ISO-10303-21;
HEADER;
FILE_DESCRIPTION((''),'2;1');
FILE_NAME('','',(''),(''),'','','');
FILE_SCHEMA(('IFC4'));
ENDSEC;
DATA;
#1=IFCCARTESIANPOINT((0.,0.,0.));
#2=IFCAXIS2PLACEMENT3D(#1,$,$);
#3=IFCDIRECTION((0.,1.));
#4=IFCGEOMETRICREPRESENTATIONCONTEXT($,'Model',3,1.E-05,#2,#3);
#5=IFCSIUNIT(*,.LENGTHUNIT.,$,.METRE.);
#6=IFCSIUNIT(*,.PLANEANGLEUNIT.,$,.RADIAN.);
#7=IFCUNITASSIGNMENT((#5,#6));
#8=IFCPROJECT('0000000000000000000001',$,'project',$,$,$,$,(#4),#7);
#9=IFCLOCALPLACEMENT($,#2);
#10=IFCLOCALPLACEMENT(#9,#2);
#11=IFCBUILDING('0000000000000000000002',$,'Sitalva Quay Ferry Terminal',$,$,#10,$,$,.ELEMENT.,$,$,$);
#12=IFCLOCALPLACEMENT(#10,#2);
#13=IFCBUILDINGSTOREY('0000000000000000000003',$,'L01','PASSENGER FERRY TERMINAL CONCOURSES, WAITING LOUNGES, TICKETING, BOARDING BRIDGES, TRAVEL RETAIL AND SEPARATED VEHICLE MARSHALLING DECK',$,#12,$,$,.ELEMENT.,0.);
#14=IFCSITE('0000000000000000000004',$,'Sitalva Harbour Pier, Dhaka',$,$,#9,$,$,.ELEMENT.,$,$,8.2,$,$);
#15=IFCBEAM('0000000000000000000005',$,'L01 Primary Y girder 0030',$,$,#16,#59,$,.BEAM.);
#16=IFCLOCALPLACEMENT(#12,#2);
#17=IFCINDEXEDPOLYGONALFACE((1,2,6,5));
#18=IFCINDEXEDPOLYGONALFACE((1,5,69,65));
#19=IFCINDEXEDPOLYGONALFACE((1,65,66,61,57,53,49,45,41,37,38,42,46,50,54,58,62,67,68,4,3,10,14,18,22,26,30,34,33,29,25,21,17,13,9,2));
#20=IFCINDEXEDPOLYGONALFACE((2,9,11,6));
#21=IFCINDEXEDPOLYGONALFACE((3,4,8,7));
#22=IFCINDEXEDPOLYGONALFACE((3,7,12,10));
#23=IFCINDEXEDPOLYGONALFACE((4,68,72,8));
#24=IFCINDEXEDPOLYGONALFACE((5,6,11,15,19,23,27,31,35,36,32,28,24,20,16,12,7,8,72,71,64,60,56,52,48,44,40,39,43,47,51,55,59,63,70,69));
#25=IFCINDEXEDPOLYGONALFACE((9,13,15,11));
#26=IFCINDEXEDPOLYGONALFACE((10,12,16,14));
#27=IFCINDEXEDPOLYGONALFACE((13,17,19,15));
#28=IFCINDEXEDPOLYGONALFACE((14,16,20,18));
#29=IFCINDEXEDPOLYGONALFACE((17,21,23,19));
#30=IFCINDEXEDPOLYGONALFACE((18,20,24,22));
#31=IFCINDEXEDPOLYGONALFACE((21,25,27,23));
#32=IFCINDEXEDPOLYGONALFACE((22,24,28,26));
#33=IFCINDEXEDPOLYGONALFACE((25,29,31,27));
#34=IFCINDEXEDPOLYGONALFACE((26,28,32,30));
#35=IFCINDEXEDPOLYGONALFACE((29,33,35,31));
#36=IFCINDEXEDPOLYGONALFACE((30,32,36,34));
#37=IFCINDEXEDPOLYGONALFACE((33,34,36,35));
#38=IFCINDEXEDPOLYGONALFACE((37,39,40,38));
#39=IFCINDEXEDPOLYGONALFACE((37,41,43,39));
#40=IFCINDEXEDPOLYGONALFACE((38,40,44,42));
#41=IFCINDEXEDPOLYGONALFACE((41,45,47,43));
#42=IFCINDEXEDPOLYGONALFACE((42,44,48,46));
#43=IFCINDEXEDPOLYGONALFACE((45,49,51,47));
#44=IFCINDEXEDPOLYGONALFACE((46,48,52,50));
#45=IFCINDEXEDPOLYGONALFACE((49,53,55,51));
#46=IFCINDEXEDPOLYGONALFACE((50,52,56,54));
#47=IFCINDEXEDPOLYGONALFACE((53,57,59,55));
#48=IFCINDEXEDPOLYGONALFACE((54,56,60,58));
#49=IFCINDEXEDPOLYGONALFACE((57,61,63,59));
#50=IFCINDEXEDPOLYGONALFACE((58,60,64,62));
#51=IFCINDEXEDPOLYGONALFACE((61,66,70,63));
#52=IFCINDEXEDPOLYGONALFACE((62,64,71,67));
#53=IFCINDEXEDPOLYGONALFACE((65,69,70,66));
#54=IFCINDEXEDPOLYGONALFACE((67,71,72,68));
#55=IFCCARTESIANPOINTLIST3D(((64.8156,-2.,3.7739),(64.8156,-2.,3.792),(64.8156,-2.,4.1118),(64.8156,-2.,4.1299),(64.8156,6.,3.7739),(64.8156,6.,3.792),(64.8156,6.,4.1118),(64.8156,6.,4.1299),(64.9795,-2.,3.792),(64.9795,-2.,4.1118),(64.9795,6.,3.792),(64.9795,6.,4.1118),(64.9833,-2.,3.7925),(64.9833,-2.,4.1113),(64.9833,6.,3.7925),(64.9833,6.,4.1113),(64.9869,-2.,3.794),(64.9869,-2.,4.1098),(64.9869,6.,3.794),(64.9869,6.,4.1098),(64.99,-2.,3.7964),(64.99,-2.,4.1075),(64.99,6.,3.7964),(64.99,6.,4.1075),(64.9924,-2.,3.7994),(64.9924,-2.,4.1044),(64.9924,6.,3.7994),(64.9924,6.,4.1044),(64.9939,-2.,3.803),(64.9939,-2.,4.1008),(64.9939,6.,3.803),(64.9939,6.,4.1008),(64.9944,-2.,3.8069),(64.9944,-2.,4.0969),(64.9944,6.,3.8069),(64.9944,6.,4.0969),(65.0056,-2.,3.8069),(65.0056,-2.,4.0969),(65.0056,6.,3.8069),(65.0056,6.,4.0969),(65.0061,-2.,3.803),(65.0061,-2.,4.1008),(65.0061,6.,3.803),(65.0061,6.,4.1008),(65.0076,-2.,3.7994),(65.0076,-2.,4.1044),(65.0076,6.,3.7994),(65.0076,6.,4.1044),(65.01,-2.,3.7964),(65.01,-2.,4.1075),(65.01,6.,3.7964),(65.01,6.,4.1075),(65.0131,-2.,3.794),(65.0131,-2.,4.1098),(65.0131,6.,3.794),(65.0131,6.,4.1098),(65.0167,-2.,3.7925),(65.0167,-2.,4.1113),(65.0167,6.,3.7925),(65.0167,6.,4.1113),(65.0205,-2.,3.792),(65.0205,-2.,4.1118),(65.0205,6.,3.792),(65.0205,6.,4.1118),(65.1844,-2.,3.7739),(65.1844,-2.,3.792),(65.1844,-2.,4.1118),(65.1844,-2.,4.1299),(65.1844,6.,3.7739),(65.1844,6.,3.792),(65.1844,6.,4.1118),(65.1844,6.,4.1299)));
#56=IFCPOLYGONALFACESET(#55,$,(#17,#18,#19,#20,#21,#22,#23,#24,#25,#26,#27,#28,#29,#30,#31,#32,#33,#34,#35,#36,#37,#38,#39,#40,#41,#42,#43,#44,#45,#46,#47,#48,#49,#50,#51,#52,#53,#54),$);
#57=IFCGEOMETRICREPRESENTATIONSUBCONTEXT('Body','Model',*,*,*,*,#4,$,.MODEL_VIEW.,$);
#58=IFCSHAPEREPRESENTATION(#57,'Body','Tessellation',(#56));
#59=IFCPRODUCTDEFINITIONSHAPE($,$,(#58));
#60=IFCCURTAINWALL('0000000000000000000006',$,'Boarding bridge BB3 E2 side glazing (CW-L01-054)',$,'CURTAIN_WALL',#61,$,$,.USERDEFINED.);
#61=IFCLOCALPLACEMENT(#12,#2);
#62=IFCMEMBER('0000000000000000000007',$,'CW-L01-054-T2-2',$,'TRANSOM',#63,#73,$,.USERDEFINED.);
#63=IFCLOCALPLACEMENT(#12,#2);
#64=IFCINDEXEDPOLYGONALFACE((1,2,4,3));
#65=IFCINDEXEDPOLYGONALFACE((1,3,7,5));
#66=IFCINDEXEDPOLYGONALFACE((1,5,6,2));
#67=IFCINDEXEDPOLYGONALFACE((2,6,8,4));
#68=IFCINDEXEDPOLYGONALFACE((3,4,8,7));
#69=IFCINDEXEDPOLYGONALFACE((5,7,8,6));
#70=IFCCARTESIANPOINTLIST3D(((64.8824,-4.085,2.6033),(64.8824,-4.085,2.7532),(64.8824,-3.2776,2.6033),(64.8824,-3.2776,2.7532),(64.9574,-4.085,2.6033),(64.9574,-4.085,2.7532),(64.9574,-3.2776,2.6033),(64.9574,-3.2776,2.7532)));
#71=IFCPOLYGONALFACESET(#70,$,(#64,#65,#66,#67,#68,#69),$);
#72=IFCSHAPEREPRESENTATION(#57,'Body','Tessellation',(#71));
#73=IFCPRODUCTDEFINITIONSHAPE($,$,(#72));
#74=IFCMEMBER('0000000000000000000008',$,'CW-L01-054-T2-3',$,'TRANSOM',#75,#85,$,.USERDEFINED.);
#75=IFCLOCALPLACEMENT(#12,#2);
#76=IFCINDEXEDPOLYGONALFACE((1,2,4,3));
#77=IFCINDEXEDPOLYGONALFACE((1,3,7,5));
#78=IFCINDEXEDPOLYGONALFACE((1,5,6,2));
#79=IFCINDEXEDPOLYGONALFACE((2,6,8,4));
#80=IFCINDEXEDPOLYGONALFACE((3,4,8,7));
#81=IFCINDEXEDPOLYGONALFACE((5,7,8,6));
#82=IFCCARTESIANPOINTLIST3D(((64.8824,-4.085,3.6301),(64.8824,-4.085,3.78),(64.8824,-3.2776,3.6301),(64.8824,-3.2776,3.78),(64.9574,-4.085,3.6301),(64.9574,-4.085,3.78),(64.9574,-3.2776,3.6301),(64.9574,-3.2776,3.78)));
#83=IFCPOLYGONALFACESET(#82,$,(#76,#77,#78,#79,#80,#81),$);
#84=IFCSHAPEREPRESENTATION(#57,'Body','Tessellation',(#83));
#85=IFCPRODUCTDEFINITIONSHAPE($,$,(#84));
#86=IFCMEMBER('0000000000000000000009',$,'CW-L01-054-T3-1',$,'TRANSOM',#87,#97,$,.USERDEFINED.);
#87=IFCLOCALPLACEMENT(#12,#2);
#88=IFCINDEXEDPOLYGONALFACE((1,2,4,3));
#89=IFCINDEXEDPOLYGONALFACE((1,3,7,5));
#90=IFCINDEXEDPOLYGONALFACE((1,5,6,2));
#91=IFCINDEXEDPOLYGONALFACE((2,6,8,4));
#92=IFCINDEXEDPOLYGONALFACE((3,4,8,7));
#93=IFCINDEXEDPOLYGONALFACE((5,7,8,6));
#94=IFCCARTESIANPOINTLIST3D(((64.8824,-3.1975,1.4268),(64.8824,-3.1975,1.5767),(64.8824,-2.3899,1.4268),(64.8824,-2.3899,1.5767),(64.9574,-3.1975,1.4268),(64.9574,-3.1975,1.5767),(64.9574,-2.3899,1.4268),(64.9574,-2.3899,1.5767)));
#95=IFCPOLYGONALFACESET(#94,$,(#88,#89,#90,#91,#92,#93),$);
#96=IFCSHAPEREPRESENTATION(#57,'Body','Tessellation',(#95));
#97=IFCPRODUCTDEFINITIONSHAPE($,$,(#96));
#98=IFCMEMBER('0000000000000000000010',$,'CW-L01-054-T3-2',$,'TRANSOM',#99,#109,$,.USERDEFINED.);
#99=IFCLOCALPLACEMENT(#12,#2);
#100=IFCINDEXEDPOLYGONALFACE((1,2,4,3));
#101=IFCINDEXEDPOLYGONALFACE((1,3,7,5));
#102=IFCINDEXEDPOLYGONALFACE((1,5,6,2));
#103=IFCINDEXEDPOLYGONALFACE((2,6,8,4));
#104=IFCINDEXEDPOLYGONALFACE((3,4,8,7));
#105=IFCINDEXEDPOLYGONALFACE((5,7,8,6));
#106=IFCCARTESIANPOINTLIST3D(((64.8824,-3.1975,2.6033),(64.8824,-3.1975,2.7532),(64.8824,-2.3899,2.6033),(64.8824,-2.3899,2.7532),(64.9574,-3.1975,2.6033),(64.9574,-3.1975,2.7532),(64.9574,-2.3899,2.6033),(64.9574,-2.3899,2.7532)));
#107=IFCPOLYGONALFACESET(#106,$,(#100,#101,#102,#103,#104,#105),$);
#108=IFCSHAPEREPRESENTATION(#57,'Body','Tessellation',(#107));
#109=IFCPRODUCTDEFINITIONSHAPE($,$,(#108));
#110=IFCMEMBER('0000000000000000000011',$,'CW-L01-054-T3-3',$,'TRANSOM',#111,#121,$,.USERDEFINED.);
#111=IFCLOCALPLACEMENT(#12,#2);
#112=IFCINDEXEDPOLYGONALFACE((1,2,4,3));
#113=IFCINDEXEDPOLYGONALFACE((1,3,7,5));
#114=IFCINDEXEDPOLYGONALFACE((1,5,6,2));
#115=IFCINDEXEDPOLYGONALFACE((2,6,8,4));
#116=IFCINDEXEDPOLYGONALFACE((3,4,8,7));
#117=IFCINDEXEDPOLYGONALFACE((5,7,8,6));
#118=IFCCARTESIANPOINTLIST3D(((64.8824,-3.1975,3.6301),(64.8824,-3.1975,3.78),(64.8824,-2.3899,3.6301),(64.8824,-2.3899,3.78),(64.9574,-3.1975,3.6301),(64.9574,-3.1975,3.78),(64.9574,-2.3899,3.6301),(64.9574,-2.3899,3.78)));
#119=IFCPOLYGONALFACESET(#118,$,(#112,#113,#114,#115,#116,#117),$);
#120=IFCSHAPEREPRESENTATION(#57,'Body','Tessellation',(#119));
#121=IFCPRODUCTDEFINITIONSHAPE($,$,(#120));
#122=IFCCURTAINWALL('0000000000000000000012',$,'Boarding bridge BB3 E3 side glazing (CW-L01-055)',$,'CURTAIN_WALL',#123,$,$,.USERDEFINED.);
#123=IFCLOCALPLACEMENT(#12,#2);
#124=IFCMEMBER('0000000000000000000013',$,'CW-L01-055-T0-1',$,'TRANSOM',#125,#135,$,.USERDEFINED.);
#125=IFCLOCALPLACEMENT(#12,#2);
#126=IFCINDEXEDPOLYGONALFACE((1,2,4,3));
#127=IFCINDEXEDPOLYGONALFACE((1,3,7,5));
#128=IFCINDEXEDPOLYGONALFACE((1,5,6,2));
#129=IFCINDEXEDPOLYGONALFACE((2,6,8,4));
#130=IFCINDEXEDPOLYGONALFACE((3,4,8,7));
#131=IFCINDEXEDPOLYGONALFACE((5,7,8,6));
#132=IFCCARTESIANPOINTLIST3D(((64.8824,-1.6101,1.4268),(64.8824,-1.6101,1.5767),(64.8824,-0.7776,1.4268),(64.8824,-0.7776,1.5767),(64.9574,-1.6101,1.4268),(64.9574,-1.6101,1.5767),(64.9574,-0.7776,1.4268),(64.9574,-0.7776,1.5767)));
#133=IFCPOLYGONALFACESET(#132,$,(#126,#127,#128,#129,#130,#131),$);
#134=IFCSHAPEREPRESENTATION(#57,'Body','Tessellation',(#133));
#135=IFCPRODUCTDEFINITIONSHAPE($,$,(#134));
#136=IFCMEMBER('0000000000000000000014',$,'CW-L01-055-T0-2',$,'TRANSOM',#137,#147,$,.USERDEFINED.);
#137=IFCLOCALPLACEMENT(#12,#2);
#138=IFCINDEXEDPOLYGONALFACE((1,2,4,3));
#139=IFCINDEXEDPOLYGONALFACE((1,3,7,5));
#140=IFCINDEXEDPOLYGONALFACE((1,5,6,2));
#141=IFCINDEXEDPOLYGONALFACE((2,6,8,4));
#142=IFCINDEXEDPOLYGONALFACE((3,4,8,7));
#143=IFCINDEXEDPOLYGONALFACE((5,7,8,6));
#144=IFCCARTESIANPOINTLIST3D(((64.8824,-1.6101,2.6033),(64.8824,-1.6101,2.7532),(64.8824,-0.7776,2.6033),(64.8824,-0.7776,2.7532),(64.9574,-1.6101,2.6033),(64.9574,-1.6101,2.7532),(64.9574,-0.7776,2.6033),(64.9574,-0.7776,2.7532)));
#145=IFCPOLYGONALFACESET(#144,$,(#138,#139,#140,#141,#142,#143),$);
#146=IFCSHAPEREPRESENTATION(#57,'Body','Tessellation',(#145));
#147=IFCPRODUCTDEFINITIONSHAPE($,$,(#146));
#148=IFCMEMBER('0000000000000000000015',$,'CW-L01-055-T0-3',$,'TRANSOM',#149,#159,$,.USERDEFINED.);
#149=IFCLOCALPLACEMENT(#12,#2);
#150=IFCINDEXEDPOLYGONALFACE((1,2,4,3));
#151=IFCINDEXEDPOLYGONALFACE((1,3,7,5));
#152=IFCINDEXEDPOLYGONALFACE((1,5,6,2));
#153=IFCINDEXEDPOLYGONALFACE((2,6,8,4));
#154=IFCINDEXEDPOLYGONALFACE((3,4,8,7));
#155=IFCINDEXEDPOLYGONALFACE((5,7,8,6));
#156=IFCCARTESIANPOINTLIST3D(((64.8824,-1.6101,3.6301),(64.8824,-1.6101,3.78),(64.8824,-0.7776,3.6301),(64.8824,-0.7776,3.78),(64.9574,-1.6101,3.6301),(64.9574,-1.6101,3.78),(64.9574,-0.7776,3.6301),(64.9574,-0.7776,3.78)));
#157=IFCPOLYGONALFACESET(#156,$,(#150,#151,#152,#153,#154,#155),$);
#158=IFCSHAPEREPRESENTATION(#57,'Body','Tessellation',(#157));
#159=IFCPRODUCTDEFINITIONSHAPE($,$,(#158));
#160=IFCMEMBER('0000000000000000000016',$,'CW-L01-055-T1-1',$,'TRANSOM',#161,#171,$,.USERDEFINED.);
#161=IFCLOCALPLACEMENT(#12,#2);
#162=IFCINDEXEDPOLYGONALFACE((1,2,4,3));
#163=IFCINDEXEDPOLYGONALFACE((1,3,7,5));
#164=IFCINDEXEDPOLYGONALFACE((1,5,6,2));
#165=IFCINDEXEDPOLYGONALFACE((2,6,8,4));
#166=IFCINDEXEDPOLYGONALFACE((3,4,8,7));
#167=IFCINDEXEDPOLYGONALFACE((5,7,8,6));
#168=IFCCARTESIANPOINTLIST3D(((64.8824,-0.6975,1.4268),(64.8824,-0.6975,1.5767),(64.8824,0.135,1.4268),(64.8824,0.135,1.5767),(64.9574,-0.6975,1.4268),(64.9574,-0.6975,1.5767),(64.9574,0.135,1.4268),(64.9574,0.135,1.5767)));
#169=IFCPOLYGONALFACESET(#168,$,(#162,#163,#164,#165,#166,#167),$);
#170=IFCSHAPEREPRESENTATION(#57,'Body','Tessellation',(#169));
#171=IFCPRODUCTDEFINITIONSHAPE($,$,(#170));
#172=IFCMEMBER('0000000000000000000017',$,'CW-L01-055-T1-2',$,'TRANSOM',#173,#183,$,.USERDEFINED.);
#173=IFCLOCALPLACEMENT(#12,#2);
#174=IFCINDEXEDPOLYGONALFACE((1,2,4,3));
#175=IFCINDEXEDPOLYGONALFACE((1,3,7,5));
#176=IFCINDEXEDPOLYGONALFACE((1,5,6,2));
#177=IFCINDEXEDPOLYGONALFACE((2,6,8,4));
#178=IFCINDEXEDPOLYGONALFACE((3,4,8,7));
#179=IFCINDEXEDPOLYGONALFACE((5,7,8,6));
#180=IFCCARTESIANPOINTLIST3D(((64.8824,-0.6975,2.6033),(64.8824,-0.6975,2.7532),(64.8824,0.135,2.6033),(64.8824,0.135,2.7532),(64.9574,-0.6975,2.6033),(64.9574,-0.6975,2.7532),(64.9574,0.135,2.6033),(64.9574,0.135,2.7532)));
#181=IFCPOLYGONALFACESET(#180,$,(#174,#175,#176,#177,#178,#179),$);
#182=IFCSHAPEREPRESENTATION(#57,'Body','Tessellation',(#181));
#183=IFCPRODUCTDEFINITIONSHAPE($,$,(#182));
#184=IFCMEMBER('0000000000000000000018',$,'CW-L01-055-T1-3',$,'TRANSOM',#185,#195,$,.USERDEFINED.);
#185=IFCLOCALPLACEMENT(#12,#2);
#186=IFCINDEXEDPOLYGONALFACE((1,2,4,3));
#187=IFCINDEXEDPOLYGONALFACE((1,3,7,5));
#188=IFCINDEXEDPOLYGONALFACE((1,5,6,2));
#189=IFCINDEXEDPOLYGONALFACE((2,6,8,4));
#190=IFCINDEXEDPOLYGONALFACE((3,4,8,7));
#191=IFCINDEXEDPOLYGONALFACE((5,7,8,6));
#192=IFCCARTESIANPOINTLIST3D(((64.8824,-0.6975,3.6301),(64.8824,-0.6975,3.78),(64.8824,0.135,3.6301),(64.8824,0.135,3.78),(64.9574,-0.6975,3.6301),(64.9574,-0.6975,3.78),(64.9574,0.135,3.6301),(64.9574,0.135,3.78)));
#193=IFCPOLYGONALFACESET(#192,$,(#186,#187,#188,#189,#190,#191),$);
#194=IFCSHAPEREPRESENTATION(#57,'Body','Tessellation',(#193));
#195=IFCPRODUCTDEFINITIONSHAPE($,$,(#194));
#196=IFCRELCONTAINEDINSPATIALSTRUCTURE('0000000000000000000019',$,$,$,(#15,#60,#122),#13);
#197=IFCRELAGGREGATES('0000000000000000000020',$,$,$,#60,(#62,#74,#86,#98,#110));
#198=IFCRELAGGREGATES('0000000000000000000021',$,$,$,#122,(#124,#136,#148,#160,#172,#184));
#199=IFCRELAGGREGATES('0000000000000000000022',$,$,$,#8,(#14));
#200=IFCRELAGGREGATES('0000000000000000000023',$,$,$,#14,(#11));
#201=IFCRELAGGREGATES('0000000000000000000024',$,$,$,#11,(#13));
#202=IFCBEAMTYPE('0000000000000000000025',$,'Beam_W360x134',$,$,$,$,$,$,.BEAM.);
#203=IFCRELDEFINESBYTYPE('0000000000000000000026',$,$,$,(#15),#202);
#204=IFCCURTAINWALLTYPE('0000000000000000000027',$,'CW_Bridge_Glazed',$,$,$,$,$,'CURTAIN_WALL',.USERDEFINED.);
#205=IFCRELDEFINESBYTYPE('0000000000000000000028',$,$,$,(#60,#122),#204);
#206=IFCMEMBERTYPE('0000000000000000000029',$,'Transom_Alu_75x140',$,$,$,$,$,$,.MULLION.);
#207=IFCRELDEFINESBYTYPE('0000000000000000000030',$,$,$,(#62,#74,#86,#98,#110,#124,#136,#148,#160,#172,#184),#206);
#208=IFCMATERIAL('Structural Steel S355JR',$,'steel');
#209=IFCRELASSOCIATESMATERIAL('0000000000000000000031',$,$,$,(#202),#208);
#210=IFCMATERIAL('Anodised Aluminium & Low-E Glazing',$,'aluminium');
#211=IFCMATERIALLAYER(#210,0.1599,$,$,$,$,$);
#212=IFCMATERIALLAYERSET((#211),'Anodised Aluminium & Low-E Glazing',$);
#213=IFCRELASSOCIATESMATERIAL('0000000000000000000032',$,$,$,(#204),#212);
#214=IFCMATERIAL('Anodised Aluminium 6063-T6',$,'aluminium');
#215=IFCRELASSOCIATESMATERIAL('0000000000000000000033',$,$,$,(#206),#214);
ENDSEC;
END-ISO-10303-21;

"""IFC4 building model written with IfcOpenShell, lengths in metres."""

from ifc_helpers import new_model, si_unit, direction, frame, origin, origin_2d, place, context, subcontext, project, spatial, rectangle, i_section, extrude, material, layer, layer_set, material_profile, profile_set, type_object, element, aggregate, save


model = new_model("IFC4")

# Units and contexts
model_context = context("Model", 3, precision=1e-05, world=origin(), true_north=direction((0.0, 1.0)))
body_context = subcontext(model_context, "Body", "Model", "MODEL_VIEW")
ifc_project = project(units=[si_unit("LENGTHUNIT", "METRE"), si_unit("PLANEANGLEUNIT", "RADIAN")], contexts=[model_context])

# Site, building, storey
site_placement = place(None, origin())
site = spatial("IfcSite", under=ifc_project, at=site_placement, Name="Sitalva Harbour Pier, Dhaka", CompositionType="ELEMENT", RefElevation=8.2)
building_placement = place(site_placement, origin())
building = spatial("IfcBuilding", under=site, at=building_placement, Name="Sitalva Quay Ferry Terminal", CompositionType="ELEMENT")
storey_placement = place(building_placement, origin())
storey = spatial("IfcBuildingStorey", under=building, at=storey_placement, Name="L01", Description="PASSENGER FERRY TERMINAL CONCOURSES, WAITING LOUNGES, TICKETING, BOARDING BRIDGES, TRAVEL RETAIL AND SEPARATED VEHICLE MARSHALLING DECK", CompositionType="ELEMENT", Elevation=0.0)

# Beam
ifc_material_1 = material(Name="Structural Steel S355JR", Category="steel")
ifc_material_profile_1 = material_profile(ifc_material_1, i_section(OverallWidth=0.3689, OverallDepth=0.356, WebThickness=0.0112, FlangeThickness=0.0181, FilletRadius=0.0149, at=origin_2d()), Name="W360x134")
ifc_profile_set_1 = profile_set([ifc_material_profile_1], Name="Structural Steel S355JR")
beam_type = type_object("IfcBeamType", Name="Beam_W360x134", PredefinedType="BEAM", material=ifc_profile_set_1)
beam_placement = place(storey_placement, frame((65.0, -2.0, 3.9519), z_axis=(0.0, 1.0, 0.0), x_axis=(-1.0, 0.0, 0.0)))
element("IfcBeam", 1, at=beam_placement, inside=storey, type_object=beam_type, Name="L01 Primary Y girder 0030", PredefinedType="BEAM", context=body_context, shape_type="SweptSolid", body=[
    extrude(i_section(OverallWidth=0.3689, OverallDepth=0.356, WebThickness=0.0112, FlangeThickness=0.0181, FilletRadius=0.0149, at=origin_2d()), origin(), (0.0, 0.0, 1.0), 8.0),
])

# Curtain walls, members
ifc_material_2 = material(Name="Anodised Aluminium & Low-E Glazing", Category="aluminium")
ifc_layer_1 = layer(ifc_material_2, 0.1599)
ifc_layer_set_1 = layer_set([ifc_layer_1], Name="Anodised Aluminium & Low-E Glazing")
curtain_wall_type = type_object("IfcCurtainWallType", Name="CW_Bridge_Glazed", ElementType="CURTAIN_WALL", PredefinedType="USERDEFINED", material=ifc_layer_set_1)
curtain_wall_1_placement = place(storey_placement, origin())
curtain_wall_1 = element("IfcCurtainWall", 2, at=curtain_wall_1_placement, inside=storey, type_object=curtain_wall_type, Name="Boarding bridge BB3 E2 side glazing (CW-L01-054)", ObjectType="CURTAIN_WALL", PredefinedType="USERDEFINED")
ifc_material_3 = material(Name="Anodised Aluminium 6063-T6", Category="aluminium")
ifc_material_profile_2 = material_profile(ifc_material_3, rectangle(XDim=0.075, YDim=0.1499, at=origin_2d()), Name="ALU75x150")
ifc_profile_set_2 = profile_set([ifc_material_profile_2], Name="Anodised Aluminium 6063-T6")
member_type = type_object("IfcMemberType", Name="Transom_Alu_75x140", PredefinedType="MULLION", material=ifc_profile_set_2)
member_1_placement = place(storey_placement, frame((64.9199, -4.085, 2.6782), z_axis=(0.0, 1.0, 0.0), x_axis=(-1.0, 0.0, 0.0)))
member_1 = element("IfcMember", 3, at=member_1_placement, type_object=member_type, Name="CW-L01-054-T2-2", ObjectType="TRANSOM", PredefinedType="USERDEFINED", context=body_context, shape_type="SweptSolid", body=[
    extrude(rectangle(XDim=0.075, YDim=0.1499, at=origin_2d()), origin(), (0.0, 0.0, 1.0), 0.8074),
])
member_2_placement = place(storey_placement, frame((64.9199, -4.085, 3.7051), z_axis=(0.0, 1.0, 0.0), x_axis=(-1.0, 0.0, 0.0)))
member_2 = element("IfcMember", 4, at=member_2_placement, type_object=member_type, Name="CW-L01-054-T2-3", ObjectType="TRANSOM", PredefinedType="USERDEFINED", context=body_context, shape_type="SweptSolid", body=[
    extrude(rectangle(XDim=0.075, YDim=0.1499, at=origin_2d()), origin(), (0.0, 0.0, 1.0), 0.8074),
])
member_3_placement = place(storey_placement, frame((64.9199, -3.1975, 1.5017), z_axis=(0.0, 1.0, 0.0), x_axis=(-1.0, 0.0, 0.0)))
member_3 = element("IfcMember", 5, at=member_3_placement, type_object=member_type, Name="CW-L01-054-T3-1", ObjectType="TRANSOM", PredefinedType="USERDEFINED", context=body_context, shape_type="SweptSolid", body=[
    extrude(rectangle(XDim=0.075, YDim=0.1499, at=origin_2d()), origin(), (0.0, 0.0, 1.0), 0.8076),
])
member_4_placement = place(storey_placement, frame((64.9199, -3.1975, 2.6782), z_axis=(0.0, 1.0, 0.0), x_axis=(-1.0, 0.0, 0.0)))
member_4 = element("IfcMember", 6, at=member_4_placement, type_object=member_type, Name="CW-L01-054-T3-2", ObjectType="TRANSOM", PredefinedType="USERDEFINED", context=body_context, shape_type="SweptSolid", body=[
    extrude(rectangle(XDim=0.075, YDim=0.1499, at=origin_2d()), origin(), (0.0, 0.0, 1.0), 0.8076),
])
member_5_placement = place(storey_placement, frame((64.9199, -3.1975, 3.7051), z_axis=(0.0, 1.0, 0.0), x_axis=(-1.0, 0.0, 0.0)))
member_5 = element("IfcMember", 7, at=member_5_placement, type_object=member_type, Name="CW-L01-054-T3-3", ObjectType="TRANSOM", PredefinedType="USERDEFINED", context=body_context, shape_type="SweptSolid", body=[
    extrude(rectangle(XDim=0.075, YDim=0.1499, at=origin_2d()), origin(), (0.0, 0.0, 1.0), 0.8076),
])
curtain_wall_2_placement = place(storey_placement, origin())
curtain_wall_2 = element("IfcCurtainWall", 8, at=curtain_wall_2_placement, inside=storey, type_object=curtain_wall_type, Name="Boarding bridge BB3 E3 side glazing (CW-L01-055)", ObjectType="CURTAIN_WALL", PredefinedType="USERDEFINED")
member_6_placement = place(storey_placement, frame((64.9199, -1.6101, 1.5017), z_axis=(0.0, 1.0, 0.0), x_axis=(-1.0, 0.0, 0.0)))
member_6 = element("IfcMember", 9, at=member_6_placement, type_object=member_type, Name="CW-L01-055-T0-1", ObjectType="TRANSOM", PredefinedType="USERDEFINED", context=body_context, shape_type="SweptSolid", body=[
    extrude(rectangle(XDim=0.075, YDim=0.1499, at=origin_2d()), origin(), (0.0, 0.0, 1.0), 0.8325),
])
member_7_placement = place(storey_placement, frame((64.9199, -1.6101, 2.6782), z_axis=(0.0, 1.0, 0.0), x_axis=(-1.0, 0.0, 0.0)))
member_7 = element("IfcMember", 10, at=member_7_placement, type_object=member_type, Name="CW-L01-055-T0-2", ObjectType="TRANSOM", PredefinedType="USERDEFINED", context=body_context, shape_type="SweptSolid", body=[
    extrude(rectangle(XDim=0.075, YDim=0.1499, at=origin_2d()), origin(), (0.0, 0.0, 1.0), 0.8325),
])
member_8_placement = place(storey_placement, frame((64.9199, -1.6101, 3.7051), z_axis=(0.0, 1.0, 0.0), x_axis=(-1.0, 0.0, 0.0)))
member_8 = element("IfcMember", 11, at=member_8_placement, type_object=member_type, Name="CW-L01-055-T0-3", ObjectType="TRANSOM", PredefinedType="USERDEFINED", context=body_context, shape_type="SweptSolid", body=[
    extrude(rectangle(XDim=0.075, YDim=0.1499, at=origin_2d()), origin(), (0.0, 0.0, 1.0), 0.8325),
])
member_9_placement = place(storey_placement, frame((64.9199, -0.6975, 1.5017), z_axis=(0.0, 1.0, 0.0), x_axis=(-1.0, 0.0, 0.0)))
member_9 = element("IfcMember", 12, at=member_9_placement, type_object=member_type, Name="CW-L01-055-T1-1", ObjectType="TRANSOM", PredefinedType="USERDEFINED", context=body_context, shape_type="SweptSolid", body=[
    extrude(rectangle(XDim=0.075, YDim=0.1499, at=origin_2d()), origin(), (0.0, 0.0, 1.0), 0.8325),
])
member_10_placement = place(storey_placement, frame((64.9199, -0.6975, 2.6782), z_axis=(0.0, 1.0, 0.0), x_axis=(-1.0, 0.0, 0.0)))
member_10 = element("IfcMember", 13, at=member_10_placement, type_object=member_type, Name="CW-L01-055-T1-2", ObjectType="TRANSOM", PredefinedType="USERDEFINED", context=body_context, shape_type="SweptSolid", body=[
    extrude(rectangle(XDim=0.075, YDim=0.1499, at=origin_2d()), origin(), (0.0, 0.0, 1.0), 0.8325),
])
member_11_placement = place(storey_placement, frame((64.9199, -0.6975, 3.7051), z_axis=(0.0, 1.0, 0.0), x_axis=(-1.0, 0.0, 0.0)))
member_11 = element("IfcMember", 14, at=member_11_placement, type_object=member_type, Name="CW-L01-055-T1-3", ObjectType="TRANSOM", PredefinedType="USERDEFINED", context=body_context, shape_type="SweptSolid", body=[
    extrude(rectangle(XDim=0.075, YDim=0.1499, at=origin_2d()), origin(), (0.0, 0.0, 1.0), 0.8325),
])

aggregate(curtain_wall_1, [member_1, member_2, member_3, member_4, member_5])
aggregate(curtain_wall_2, [member_6, member_7, member_8, member_9, member_10, member_11])

save(model, "model.ifc")
